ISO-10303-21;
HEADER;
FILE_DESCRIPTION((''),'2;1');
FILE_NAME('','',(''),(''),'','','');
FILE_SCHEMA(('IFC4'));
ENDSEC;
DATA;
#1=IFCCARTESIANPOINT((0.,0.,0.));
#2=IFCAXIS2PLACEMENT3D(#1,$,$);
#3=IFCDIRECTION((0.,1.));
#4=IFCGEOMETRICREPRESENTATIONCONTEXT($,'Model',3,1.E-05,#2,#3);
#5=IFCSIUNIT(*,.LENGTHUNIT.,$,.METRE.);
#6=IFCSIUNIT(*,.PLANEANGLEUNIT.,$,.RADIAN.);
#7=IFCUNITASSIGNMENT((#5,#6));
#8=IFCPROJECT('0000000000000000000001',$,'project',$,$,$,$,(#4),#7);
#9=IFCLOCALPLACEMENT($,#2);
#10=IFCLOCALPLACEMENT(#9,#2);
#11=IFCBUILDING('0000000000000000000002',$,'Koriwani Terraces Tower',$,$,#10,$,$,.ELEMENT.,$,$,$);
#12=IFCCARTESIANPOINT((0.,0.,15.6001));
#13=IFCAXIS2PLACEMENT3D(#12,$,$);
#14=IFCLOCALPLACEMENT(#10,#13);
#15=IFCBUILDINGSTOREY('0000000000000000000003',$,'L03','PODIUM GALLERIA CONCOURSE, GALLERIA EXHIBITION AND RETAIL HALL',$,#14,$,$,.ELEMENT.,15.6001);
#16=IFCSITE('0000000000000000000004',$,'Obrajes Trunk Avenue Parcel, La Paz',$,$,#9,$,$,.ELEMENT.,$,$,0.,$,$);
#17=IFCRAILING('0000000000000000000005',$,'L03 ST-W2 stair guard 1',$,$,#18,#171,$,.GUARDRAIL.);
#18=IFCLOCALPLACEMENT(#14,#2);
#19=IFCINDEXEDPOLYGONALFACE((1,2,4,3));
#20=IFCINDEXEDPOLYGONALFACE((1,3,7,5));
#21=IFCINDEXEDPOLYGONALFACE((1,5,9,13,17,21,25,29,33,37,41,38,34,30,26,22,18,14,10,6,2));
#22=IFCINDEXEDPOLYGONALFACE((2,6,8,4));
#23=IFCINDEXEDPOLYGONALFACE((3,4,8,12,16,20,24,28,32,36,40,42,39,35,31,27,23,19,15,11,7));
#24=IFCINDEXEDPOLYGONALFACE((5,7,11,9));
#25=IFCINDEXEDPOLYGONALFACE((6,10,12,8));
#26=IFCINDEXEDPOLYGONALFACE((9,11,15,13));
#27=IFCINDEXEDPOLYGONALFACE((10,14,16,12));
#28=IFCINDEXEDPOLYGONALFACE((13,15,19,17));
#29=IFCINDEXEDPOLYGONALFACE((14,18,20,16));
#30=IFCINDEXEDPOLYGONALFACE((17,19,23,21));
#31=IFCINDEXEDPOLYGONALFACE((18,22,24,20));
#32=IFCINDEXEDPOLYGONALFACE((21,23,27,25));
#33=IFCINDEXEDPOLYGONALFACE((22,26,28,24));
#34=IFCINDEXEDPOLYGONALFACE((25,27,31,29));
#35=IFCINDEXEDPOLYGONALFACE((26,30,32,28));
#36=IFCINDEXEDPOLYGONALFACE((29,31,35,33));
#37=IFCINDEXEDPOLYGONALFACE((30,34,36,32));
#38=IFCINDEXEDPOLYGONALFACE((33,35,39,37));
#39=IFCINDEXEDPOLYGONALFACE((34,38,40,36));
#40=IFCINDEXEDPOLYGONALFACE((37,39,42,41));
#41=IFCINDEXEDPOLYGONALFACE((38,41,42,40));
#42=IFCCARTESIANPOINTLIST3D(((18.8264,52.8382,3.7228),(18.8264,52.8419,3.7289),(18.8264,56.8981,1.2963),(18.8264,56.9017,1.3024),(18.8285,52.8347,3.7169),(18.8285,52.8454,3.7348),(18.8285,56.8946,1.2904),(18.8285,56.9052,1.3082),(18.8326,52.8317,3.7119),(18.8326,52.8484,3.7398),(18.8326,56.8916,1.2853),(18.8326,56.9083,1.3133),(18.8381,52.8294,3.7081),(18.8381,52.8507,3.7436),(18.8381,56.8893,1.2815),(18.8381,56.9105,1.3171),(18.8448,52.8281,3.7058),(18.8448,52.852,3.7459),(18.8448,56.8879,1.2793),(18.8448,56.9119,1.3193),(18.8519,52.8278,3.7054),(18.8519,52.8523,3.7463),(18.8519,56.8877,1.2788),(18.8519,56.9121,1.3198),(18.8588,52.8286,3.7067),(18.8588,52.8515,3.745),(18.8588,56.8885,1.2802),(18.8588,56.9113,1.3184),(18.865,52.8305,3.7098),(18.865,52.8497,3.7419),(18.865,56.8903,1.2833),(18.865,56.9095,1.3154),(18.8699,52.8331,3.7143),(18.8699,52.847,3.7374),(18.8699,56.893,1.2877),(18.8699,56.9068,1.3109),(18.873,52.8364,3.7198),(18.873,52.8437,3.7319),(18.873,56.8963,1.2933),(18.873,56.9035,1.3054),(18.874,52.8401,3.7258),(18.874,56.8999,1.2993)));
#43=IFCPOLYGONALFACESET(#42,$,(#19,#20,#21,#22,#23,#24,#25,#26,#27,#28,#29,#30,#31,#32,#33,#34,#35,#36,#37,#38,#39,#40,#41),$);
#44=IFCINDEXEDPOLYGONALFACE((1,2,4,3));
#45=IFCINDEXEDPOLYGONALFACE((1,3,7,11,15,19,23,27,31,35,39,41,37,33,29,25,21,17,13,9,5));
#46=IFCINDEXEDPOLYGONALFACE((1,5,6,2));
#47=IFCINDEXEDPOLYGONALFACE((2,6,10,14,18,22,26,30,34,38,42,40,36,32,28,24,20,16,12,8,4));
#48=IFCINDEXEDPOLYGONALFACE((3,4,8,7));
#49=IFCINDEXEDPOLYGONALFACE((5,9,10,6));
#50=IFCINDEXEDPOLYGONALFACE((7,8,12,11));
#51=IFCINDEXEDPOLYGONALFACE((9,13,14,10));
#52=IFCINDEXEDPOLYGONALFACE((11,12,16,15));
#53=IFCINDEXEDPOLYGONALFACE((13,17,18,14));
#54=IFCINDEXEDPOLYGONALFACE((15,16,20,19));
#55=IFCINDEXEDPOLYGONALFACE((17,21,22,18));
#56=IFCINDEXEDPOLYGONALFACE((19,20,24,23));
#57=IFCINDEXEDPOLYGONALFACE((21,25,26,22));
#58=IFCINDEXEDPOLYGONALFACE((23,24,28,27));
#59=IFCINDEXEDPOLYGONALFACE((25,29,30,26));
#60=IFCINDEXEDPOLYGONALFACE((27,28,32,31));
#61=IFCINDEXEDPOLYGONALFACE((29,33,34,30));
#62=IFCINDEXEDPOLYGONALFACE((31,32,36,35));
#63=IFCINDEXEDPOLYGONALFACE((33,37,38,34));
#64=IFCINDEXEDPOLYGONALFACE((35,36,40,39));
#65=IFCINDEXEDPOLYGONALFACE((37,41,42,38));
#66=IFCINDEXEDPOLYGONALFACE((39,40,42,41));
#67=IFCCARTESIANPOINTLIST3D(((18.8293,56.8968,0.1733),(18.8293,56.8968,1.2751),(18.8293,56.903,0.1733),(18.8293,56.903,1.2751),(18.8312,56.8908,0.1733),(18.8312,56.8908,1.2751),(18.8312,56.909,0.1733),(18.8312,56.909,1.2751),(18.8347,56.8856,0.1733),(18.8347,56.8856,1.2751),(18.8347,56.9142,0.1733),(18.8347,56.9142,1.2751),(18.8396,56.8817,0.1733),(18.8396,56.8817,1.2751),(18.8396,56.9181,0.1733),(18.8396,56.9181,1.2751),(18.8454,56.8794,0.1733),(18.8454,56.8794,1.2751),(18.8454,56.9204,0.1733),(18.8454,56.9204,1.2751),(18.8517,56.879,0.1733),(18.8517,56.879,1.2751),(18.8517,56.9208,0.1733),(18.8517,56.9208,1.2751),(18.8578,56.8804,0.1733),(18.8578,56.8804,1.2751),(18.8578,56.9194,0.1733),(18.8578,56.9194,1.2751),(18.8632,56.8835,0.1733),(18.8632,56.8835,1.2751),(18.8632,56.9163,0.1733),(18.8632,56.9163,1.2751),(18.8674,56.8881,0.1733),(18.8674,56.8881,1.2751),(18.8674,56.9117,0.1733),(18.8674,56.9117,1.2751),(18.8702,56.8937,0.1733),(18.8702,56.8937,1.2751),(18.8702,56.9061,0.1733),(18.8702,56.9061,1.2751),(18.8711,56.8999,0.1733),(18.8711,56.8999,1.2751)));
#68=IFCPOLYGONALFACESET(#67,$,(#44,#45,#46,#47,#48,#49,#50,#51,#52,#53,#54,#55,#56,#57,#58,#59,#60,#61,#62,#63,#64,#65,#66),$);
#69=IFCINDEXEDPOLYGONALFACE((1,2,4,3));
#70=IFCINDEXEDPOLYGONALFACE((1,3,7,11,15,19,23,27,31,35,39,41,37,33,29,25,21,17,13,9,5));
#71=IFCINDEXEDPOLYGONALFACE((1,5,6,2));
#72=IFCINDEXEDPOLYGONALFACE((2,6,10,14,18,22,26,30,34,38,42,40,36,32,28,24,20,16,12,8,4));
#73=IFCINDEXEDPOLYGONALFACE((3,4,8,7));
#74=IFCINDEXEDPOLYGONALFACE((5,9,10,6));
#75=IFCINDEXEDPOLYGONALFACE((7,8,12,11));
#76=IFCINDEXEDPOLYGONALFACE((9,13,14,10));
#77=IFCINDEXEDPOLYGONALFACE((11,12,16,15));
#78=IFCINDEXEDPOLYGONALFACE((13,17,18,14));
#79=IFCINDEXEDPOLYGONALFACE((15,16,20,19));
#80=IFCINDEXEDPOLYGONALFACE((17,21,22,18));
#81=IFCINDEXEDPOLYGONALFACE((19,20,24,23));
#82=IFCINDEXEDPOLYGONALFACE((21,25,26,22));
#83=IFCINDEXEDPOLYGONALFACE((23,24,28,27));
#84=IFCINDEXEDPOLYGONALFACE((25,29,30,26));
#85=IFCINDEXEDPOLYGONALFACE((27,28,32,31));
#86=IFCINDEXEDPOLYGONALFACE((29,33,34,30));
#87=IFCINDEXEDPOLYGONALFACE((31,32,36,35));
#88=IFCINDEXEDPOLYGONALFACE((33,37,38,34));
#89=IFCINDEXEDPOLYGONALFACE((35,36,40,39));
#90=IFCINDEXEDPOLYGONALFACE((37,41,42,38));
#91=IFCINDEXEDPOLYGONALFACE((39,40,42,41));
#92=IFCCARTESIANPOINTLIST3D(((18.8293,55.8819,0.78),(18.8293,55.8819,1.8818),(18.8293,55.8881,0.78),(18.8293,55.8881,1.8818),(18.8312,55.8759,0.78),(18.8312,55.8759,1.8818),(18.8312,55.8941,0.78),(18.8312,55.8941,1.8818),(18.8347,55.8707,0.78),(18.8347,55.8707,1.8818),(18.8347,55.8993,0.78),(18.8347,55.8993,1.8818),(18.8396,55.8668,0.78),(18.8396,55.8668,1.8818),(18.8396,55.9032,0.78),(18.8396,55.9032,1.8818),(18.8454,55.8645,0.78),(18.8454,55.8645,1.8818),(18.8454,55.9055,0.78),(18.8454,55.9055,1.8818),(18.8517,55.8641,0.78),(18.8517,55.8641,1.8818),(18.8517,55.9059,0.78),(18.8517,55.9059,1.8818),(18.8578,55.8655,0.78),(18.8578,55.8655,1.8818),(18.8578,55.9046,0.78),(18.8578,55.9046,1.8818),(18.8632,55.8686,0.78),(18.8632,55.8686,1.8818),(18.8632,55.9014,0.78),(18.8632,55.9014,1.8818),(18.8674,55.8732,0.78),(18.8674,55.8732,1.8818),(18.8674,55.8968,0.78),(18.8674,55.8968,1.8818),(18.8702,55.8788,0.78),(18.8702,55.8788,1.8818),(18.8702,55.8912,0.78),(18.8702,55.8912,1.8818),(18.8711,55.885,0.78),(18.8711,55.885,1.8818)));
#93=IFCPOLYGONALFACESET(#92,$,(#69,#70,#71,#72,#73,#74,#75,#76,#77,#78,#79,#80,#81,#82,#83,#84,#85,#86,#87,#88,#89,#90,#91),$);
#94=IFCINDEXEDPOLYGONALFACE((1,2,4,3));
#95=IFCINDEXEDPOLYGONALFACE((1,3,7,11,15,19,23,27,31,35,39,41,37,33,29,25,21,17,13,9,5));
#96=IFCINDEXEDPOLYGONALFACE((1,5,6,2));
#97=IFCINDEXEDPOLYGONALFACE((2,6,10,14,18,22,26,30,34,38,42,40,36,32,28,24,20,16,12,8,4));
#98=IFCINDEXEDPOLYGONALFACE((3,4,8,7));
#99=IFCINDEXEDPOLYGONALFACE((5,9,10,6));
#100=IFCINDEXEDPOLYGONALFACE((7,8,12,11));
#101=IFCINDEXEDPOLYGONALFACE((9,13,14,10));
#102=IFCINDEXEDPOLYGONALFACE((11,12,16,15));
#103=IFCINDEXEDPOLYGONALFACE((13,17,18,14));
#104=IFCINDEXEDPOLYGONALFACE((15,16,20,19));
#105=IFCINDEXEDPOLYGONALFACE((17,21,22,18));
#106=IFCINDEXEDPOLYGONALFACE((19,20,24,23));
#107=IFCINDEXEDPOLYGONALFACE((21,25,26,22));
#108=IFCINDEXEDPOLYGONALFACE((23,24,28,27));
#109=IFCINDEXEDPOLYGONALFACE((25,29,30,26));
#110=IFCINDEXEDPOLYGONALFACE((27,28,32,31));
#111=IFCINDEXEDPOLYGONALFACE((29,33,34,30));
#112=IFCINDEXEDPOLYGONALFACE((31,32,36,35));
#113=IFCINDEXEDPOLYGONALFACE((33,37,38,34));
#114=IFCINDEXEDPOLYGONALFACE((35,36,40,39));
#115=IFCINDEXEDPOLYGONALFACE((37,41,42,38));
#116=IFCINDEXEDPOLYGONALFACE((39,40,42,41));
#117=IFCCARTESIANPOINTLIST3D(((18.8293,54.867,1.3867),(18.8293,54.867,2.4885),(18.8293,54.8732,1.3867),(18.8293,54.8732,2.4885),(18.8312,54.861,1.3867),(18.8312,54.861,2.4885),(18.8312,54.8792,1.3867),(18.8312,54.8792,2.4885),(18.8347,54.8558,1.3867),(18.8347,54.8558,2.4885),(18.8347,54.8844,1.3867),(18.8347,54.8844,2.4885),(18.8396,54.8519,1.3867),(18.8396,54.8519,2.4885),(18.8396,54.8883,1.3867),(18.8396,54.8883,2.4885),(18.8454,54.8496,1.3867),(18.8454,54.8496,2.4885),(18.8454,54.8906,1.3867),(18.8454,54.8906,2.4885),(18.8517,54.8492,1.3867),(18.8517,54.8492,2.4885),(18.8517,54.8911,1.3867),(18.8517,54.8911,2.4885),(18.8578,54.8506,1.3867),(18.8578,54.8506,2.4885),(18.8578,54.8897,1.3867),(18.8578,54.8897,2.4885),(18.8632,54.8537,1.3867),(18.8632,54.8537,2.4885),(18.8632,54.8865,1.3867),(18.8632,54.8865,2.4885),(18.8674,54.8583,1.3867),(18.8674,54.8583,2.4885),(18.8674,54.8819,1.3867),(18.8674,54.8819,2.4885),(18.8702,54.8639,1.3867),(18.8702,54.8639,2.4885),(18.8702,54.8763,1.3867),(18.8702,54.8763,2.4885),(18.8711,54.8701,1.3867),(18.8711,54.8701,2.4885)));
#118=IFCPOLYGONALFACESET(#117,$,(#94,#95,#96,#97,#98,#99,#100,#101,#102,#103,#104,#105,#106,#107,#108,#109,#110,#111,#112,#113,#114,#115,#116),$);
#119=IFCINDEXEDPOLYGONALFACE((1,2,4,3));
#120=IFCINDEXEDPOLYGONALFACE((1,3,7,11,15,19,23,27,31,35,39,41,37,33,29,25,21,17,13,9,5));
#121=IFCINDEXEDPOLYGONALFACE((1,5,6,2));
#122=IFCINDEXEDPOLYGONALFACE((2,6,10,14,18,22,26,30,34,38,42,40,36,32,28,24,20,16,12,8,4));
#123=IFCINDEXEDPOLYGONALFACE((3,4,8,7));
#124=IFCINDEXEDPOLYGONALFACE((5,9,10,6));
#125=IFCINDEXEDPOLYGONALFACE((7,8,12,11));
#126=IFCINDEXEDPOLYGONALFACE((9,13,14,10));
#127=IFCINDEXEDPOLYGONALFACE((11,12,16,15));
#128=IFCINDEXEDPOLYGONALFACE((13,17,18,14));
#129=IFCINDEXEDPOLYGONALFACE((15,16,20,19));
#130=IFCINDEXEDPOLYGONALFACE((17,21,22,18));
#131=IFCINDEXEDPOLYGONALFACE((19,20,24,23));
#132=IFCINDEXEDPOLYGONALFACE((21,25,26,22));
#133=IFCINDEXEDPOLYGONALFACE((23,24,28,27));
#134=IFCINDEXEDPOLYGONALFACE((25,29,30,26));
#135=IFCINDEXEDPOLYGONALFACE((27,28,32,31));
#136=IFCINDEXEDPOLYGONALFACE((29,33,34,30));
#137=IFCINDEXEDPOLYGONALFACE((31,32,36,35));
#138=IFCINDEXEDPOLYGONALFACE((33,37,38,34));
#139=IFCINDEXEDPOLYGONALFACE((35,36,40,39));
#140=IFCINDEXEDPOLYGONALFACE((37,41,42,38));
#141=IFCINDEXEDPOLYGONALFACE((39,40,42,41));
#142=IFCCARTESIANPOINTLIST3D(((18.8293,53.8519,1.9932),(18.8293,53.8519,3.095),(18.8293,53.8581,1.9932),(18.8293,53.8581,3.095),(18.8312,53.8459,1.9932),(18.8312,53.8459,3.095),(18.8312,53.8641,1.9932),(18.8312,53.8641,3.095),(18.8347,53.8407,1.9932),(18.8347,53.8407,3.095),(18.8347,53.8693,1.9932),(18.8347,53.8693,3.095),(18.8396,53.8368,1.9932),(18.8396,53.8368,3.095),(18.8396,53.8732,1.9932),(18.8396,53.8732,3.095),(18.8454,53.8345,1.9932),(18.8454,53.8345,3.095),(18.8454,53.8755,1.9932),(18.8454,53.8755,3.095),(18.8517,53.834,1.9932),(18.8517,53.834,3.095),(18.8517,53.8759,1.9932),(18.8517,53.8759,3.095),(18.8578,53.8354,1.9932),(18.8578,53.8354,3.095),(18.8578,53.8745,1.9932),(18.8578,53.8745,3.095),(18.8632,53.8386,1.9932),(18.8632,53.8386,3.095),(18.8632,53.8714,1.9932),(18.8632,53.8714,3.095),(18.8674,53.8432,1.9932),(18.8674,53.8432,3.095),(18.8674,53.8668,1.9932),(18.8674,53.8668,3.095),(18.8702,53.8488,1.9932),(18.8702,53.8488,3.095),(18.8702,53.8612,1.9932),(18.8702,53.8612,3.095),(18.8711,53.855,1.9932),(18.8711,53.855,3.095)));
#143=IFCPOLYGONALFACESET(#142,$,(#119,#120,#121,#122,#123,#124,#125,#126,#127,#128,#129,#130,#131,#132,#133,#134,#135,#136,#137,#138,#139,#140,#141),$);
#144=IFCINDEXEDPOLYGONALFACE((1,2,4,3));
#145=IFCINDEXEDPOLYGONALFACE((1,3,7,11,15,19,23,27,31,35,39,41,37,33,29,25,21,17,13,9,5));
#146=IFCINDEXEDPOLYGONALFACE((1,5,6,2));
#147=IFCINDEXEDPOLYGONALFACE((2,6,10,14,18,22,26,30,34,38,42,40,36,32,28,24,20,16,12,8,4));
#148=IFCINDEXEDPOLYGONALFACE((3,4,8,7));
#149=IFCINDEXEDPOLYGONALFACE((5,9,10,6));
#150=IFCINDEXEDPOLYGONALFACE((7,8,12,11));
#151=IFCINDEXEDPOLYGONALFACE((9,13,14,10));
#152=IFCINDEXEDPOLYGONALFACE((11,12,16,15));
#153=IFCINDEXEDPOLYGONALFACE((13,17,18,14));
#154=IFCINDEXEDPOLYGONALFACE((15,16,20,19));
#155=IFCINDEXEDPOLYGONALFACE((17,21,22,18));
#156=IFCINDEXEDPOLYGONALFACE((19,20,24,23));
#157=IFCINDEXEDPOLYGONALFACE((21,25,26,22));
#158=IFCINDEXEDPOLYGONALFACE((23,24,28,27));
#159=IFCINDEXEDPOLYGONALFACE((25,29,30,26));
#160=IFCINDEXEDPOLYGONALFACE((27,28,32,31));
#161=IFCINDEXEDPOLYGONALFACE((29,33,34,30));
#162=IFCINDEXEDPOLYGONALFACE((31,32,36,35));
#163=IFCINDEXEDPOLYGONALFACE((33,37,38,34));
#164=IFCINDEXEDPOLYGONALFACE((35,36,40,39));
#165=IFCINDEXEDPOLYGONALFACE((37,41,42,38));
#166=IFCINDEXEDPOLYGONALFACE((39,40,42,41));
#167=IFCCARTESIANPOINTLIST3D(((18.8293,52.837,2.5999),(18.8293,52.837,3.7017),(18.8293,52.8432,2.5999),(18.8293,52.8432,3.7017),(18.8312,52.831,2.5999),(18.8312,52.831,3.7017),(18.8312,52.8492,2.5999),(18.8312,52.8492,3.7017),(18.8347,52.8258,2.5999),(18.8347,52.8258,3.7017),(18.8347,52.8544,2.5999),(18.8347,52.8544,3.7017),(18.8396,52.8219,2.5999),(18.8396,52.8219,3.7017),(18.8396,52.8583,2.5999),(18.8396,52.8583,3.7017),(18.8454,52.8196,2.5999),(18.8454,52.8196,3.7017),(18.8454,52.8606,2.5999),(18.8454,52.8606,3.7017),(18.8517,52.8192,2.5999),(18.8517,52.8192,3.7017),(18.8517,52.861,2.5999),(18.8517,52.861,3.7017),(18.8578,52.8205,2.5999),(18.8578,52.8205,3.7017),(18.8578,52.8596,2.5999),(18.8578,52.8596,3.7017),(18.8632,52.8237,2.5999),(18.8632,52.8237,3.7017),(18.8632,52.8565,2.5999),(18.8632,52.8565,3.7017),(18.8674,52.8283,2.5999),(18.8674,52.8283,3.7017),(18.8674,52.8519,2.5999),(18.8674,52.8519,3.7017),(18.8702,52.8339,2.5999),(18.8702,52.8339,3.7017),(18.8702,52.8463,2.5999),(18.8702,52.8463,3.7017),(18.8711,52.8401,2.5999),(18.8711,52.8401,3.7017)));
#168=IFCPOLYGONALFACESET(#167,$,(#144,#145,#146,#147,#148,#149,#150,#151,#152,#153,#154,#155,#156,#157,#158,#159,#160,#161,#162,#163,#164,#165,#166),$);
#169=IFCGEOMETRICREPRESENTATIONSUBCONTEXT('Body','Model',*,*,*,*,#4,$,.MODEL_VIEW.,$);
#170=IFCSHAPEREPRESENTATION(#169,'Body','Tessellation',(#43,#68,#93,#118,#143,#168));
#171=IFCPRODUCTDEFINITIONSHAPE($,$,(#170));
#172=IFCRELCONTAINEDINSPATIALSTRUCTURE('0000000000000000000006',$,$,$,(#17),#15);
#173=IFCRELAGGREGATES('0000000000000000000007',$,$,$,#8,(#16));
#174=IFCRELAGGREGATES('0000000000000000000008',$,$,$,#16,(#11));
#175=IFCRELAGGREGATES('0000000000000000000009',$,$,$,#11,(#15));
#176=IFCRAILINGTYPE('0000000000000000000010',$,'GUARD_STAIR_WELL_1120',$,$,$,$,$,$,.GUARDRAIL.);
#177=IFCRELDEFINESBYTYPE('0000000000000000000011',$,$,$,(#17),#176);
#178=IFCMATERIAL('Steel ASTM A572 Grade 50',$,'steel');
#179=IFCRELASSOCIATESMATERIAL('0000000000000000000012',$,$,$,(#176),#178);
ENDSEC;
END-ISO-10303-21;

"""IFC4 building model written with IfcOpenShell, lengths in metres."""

from ifc_helpers import new_model, si_unit, direction, frame, origin, origin_2d, place, context, subcontext, project, spatial, circle, extrude, material, type_object, element, save


model = new_model("IFC4")

# Units and contexts
model_context = context("Model", 3, precision=1e-05, world=origin(), true_north=direction((0.0, 1.0)))
body_context = subcontext(model_context, "Body", "Model", "MODEL_VIEW")
ifc_project = project(units=[si_unit("LENGTHUNIT", "METRE"), si_unit("PLANEANGLEUNIT", "RADIAN")], contexts=[model_context])

# Site, building, storey
site_placement = place(None, origin())
site = spatial("IfcSite", under=ifc_project, at=site_placement, Name="Obrajes Trunk Avenue Parcel, La Paz", CompositionType="ELEMENT", RefElevation=0.0)
building_placement = place(site_placement, origin())
building = spatial("IfcBuilding", under=site, at=building_placement, Name="Koriwani Terraces Tower", CompositionType="ELEMENT")
storey_placement = place(building_placement, frame((0.0, 0.0, 15.6001)))
storey = spatial("IfcBuildingStorey", under=building, at=storey_placement, Name="L03", Description="PODIUM GALLERIA CONCOURSE, GALLERIA EXHIBITION AND RETAIL HALL", CompositionType="ELEMENT", Elevation=15.6001)

# Shared definitions
ifc_material_1 = material(Name="Steel ASTM A572 Grade 50", Category="steel")

# Railing
railing_type_1 = type_object("IfcRailingType", Name="GUARD_STAIR_WELL_1120", PredefinedType="GUARDRAIL", material=ifc_material_1)
railing_1_placement = place(storey_placement, frame((18.8501, 56.8999, 0.1733)))
element("IfcRailing", 1, at=railing_1_placement, inside=storey, type_object=railing_type_1, Name="L03 ST-W2 stair guard 1", PredefinedType="GUARDRAIL", context=body_context, shape_type="SweptSolid", body=[
    extrude(circle(Radius=0.0239, at=origin_2d()), frame((0.0, 0.0, 1.126), z_axis=(0.0, -0.858366, 0.513038), x_axis=(1.0, 0.0, 0.0)), (0.0, 0.0, 1.0), 4.7297),
    extrude(circle(Radius=0.021, at=origin_2d()), origin(), (0.0, 0.0, 1.0), 1.1018),
    extrude(circle(Radius=0.021, at=origin_2d()), frame((0.0, -1.0149, 0.6067)), (0.0, 0.0, 1.0), 1.1018),
    extrude(circle(Radius=0.021, at=origin_2d()), frame((0.0, -2.0298, 1.2134)), (0.0, 0.0, 1.0), 1.1018),
    extrude(circle(Radius=0.021, at=origin_2d()), frame((0.0, -3.0449, 1.8198)), (0.0, 0.0, 1.0), 1.1018),
    extrude(circle(Radius=0.021, at=origin_2d()), frame((0.0, -4.0598, 2.4265)), (0.0, 0.0, 1.0), 1.1018),
])

save(model, "model.ifc")
